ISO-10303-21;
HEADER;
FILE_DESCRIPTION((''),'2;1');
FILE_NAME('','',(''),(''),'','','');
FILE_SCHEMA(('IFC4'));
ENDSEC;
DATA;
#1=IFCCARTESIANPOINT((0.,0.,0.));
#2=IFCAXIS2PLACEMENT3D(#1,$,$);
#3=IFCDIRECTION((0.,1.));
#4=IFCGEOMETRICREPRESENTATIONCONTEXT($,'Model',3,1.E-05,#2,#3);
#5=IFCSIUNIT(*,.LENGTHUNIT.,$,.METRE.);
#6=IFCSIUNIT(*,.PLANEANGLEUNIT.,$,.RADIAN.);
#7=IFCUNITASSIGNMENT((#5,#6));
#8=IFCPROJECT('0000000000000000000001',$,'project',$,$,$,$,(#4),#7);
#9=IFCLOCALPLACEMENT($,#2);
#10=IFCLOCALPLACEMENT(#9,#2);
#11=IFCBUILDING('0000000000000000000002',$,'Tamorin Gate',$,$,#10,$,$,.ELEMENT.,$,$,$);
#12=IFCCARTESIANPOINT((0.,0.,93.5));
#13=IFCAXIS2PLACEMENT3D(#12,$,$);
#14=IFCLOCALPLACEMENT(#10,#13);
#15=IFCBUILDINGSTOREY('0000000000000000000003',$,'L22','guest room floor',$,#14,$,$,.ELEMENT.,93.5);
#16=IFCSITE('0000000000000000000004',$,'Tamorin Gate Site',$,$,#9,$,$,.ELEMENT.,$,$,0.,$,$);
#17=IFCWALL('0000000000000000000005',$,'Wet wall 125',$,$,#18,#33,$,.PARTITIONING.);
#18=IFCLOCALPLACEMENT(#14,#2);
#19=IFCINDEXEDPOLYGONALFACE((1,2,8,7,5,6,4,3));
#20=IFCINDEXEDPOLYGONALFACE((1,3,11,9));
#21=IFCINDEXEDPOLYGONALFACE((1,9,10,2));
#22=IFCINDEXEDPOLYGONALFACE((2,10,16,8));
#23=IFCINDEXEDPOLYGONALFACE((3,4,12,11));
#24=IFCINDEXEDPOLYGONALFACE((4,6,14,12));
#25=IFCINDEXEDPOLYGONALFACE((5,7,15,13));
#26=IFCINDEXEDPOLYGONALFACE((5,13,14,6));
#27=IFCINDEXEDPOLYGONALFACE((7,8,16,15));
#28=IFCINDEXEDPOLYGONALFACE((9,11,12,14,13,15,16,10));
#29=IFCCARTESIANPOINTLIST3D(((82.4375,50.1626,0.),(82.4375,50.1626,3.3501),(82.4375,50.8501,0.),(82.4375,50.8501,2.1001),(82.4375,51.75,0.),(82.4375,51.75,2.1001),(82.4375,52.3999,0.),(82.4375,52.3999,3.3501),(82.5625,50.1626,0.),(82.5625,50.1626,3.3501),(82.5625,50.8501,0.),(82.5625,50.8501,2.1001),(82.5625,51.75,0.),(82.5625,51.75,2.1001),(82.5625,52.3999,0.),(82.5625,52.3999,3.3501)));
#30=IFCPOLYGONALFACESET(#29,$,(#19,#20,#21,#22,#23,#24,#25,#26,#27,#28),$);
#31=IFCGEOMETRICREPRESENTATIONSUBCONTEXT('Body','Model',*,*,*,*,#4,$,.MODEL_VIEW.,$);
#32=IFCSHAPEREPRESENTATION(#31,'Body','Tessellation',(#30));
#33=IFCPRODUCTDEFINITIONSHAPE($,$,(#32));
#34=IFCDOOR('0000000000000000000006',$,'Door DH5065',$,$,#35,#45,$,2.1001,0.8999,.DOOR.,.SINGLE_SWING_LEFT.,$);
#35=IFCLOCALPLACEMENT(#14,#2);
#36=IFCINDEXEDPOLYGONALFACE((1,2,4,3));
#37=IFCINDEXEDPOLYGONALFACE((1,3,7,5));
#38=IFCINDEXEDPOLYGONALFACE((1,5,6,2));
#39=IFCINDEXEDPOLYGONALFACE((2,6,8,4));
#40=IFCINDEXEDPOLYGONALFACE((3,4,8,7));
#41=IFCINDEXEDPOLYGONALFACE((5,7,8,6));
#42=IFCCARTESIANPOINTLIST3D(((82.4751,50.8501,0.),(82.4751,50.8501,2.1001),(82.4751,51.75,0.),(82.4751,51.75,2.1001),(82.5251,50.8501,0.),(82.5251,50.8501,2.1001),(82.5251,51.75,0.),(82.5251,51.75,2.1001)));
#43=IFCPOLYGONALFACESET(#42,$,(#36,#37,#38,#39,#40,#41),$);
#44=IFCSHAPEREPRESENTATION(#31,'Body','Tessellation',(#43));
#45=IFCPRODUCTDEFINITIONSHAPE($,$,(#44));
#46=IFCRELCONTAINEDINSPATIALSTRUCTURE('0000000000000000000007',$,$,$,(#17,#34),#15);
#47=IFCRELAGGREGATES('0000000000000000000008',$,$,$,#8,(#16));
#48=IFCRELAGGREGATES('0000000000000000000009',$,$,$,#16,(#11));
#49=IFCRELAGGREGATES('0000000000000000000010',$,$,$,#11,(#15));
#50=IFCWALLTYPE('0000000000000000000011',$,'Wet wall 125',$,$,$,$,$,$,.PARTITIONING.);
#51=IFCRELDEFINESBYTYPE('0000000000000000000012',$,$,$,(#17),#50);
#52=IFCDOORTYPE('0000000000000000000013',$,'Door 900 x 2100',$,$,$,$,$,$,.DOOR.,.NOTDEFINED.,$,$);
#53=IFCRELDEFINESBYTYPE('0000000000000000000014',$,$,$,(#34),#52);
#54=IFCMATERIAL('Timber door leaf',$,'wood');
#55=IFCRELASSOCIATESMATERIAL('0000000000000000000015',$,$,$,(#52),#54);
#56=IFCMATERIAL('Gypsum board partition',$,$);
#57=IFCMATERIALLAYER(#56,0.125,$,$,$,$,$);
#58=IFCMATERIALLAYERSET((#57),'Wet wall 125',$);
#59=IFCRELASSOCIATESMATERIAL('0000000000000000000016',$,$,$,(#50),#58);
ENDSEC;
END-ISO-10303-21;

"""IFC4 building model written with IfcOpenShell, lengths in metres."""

from ifc_helpers import new_model, si_unit, direction, frame, frame_2d, origin, place, context, subcontext, project, spatial, rectangle, extrude, material, layer, layer_set, type_object, element, fill, save


model = new_model("IFC4")

# Units and contexts
model_context = context("Model", 3, precision=1e-05, world=origin(), true_north=direction((0.0, 1.0)))
body_context = subcontext(model_context, "Body", "Model", "MODEL_VIEW")
ifc_project = project(units=[si_unit("LENGTHUNIT", "METRE"), si_unit("PLANEANGLEUNIT", "RADIAN")], contexts=[model_context])

# Site, building, storey
site_placement = place(None, origin())
site = spatial("IfcSite", under=ifc_project, at=site_placement, Name="Tamorin Gate Site", CompositionType="ELEMENT", RefElevation=0.0)
building_placement = place(site_placement, origin())
building = spatial("IfcBuilding", under=site, at=building_placement, Name="Tamorin Gate", CompositionType="ELEMENT")
storey_placement = place(building_placement, frame((0.0, 0.0, 93.5)))
storey = spatial("IfcBuildingStorey", under=building, at=storey_placement, Name="L22", Description="guest room floor", CompositionType="ELEMENT", Elevation=93.5)

# Shared definitions
ifc_material_1 = material(Name="Gypsum board partition")
ifc_material_2 = material(Name="Timber door leaf", Category="wood")
door_type = type_object("IfcDoorType", Name="Door 900 x 2100", OperationType="NOTDEFINED", PredefinedType="DOOR", material=ifc_material_2)

# Shared definitions
ifc_layer_1 = layer(ifc_material_1, 0.125)
ifc_layer_set_1 = layer_set([ifc_layer_1], Name="Wet wall 125")
wall_type_1 = type_object("IfcWallType", Name="Wet wall 125", PredefinedType="PARTITIONING", material=ifc_layer_set_1)

# Wall, opening, door
wall_1_placement = place(storey_placement, frame((82.5, 50.1626, 0.0), z_axis=(0.0, 0.0, 1.0), x_axis=(0.0, 1.0, 0.0)))
wall_1 = element("IfcWall", 1, at=wall_1_placement, inside=storey, type_object=wall_type_1, Name="Wet wall 125", PredefinedType="PARTITIONING", context=body_context, shape_type="SweptSolid", body=[
    extrude(rectangle(XDim=2.2373, YDim=0.125, at=frame_2d((1.1187, 0.0))), origin(), (0.0, 0.0, 1.0), 3.3501),
])
opening_1_placement = place(wall_1_placement, frame((0.6875, 0.0, 0.0)))
opening_1 = element("IfcOpeningElement", 2, at=opening_1_placement, cuts=wall_1, PredefinedType="OPENING", context=body_context, shape_type="SweptSolid", body=[
    extrude(rectangle(XDim=0.8999, YDim=2.1001, at=frame_2d((0.45, 1.05))), frame((0.0, 0.0725, 0.0), z_axis=(0.0, -1.0, 0.0), x_axis=(1.0, 0.0, 0.0)), (0.0, 0.0, 1.0), 0.145),
])
door_1_placement = place(opening_1_placement, origin())
door_1 = element("IfcDoor", 3, at=door_1_placement, inside=storey, type_object=door_type, Name="Door DH5065", OperationType="SINGLE_SWING_LEFT", OverallHeight=2.1001, OverallWidth=0.8999, PredefinedType="DOOR", context=body_context, shape_type="SweptSolid", body=[
    extrude(rectangle(XDim=0.8999, YDim=2.1001, at=frame_2d((0.45, 1.05))), frame((0.0, 0.0249, 0.0), z_axis=(0.0, -1.0, 0.0), x_axis=(1.0, 0.0, 0.0)), (0.0, 0.0, 1.0), 0.05),
])
fill(opening_1, door_1)

save(model, "model.ifc")
